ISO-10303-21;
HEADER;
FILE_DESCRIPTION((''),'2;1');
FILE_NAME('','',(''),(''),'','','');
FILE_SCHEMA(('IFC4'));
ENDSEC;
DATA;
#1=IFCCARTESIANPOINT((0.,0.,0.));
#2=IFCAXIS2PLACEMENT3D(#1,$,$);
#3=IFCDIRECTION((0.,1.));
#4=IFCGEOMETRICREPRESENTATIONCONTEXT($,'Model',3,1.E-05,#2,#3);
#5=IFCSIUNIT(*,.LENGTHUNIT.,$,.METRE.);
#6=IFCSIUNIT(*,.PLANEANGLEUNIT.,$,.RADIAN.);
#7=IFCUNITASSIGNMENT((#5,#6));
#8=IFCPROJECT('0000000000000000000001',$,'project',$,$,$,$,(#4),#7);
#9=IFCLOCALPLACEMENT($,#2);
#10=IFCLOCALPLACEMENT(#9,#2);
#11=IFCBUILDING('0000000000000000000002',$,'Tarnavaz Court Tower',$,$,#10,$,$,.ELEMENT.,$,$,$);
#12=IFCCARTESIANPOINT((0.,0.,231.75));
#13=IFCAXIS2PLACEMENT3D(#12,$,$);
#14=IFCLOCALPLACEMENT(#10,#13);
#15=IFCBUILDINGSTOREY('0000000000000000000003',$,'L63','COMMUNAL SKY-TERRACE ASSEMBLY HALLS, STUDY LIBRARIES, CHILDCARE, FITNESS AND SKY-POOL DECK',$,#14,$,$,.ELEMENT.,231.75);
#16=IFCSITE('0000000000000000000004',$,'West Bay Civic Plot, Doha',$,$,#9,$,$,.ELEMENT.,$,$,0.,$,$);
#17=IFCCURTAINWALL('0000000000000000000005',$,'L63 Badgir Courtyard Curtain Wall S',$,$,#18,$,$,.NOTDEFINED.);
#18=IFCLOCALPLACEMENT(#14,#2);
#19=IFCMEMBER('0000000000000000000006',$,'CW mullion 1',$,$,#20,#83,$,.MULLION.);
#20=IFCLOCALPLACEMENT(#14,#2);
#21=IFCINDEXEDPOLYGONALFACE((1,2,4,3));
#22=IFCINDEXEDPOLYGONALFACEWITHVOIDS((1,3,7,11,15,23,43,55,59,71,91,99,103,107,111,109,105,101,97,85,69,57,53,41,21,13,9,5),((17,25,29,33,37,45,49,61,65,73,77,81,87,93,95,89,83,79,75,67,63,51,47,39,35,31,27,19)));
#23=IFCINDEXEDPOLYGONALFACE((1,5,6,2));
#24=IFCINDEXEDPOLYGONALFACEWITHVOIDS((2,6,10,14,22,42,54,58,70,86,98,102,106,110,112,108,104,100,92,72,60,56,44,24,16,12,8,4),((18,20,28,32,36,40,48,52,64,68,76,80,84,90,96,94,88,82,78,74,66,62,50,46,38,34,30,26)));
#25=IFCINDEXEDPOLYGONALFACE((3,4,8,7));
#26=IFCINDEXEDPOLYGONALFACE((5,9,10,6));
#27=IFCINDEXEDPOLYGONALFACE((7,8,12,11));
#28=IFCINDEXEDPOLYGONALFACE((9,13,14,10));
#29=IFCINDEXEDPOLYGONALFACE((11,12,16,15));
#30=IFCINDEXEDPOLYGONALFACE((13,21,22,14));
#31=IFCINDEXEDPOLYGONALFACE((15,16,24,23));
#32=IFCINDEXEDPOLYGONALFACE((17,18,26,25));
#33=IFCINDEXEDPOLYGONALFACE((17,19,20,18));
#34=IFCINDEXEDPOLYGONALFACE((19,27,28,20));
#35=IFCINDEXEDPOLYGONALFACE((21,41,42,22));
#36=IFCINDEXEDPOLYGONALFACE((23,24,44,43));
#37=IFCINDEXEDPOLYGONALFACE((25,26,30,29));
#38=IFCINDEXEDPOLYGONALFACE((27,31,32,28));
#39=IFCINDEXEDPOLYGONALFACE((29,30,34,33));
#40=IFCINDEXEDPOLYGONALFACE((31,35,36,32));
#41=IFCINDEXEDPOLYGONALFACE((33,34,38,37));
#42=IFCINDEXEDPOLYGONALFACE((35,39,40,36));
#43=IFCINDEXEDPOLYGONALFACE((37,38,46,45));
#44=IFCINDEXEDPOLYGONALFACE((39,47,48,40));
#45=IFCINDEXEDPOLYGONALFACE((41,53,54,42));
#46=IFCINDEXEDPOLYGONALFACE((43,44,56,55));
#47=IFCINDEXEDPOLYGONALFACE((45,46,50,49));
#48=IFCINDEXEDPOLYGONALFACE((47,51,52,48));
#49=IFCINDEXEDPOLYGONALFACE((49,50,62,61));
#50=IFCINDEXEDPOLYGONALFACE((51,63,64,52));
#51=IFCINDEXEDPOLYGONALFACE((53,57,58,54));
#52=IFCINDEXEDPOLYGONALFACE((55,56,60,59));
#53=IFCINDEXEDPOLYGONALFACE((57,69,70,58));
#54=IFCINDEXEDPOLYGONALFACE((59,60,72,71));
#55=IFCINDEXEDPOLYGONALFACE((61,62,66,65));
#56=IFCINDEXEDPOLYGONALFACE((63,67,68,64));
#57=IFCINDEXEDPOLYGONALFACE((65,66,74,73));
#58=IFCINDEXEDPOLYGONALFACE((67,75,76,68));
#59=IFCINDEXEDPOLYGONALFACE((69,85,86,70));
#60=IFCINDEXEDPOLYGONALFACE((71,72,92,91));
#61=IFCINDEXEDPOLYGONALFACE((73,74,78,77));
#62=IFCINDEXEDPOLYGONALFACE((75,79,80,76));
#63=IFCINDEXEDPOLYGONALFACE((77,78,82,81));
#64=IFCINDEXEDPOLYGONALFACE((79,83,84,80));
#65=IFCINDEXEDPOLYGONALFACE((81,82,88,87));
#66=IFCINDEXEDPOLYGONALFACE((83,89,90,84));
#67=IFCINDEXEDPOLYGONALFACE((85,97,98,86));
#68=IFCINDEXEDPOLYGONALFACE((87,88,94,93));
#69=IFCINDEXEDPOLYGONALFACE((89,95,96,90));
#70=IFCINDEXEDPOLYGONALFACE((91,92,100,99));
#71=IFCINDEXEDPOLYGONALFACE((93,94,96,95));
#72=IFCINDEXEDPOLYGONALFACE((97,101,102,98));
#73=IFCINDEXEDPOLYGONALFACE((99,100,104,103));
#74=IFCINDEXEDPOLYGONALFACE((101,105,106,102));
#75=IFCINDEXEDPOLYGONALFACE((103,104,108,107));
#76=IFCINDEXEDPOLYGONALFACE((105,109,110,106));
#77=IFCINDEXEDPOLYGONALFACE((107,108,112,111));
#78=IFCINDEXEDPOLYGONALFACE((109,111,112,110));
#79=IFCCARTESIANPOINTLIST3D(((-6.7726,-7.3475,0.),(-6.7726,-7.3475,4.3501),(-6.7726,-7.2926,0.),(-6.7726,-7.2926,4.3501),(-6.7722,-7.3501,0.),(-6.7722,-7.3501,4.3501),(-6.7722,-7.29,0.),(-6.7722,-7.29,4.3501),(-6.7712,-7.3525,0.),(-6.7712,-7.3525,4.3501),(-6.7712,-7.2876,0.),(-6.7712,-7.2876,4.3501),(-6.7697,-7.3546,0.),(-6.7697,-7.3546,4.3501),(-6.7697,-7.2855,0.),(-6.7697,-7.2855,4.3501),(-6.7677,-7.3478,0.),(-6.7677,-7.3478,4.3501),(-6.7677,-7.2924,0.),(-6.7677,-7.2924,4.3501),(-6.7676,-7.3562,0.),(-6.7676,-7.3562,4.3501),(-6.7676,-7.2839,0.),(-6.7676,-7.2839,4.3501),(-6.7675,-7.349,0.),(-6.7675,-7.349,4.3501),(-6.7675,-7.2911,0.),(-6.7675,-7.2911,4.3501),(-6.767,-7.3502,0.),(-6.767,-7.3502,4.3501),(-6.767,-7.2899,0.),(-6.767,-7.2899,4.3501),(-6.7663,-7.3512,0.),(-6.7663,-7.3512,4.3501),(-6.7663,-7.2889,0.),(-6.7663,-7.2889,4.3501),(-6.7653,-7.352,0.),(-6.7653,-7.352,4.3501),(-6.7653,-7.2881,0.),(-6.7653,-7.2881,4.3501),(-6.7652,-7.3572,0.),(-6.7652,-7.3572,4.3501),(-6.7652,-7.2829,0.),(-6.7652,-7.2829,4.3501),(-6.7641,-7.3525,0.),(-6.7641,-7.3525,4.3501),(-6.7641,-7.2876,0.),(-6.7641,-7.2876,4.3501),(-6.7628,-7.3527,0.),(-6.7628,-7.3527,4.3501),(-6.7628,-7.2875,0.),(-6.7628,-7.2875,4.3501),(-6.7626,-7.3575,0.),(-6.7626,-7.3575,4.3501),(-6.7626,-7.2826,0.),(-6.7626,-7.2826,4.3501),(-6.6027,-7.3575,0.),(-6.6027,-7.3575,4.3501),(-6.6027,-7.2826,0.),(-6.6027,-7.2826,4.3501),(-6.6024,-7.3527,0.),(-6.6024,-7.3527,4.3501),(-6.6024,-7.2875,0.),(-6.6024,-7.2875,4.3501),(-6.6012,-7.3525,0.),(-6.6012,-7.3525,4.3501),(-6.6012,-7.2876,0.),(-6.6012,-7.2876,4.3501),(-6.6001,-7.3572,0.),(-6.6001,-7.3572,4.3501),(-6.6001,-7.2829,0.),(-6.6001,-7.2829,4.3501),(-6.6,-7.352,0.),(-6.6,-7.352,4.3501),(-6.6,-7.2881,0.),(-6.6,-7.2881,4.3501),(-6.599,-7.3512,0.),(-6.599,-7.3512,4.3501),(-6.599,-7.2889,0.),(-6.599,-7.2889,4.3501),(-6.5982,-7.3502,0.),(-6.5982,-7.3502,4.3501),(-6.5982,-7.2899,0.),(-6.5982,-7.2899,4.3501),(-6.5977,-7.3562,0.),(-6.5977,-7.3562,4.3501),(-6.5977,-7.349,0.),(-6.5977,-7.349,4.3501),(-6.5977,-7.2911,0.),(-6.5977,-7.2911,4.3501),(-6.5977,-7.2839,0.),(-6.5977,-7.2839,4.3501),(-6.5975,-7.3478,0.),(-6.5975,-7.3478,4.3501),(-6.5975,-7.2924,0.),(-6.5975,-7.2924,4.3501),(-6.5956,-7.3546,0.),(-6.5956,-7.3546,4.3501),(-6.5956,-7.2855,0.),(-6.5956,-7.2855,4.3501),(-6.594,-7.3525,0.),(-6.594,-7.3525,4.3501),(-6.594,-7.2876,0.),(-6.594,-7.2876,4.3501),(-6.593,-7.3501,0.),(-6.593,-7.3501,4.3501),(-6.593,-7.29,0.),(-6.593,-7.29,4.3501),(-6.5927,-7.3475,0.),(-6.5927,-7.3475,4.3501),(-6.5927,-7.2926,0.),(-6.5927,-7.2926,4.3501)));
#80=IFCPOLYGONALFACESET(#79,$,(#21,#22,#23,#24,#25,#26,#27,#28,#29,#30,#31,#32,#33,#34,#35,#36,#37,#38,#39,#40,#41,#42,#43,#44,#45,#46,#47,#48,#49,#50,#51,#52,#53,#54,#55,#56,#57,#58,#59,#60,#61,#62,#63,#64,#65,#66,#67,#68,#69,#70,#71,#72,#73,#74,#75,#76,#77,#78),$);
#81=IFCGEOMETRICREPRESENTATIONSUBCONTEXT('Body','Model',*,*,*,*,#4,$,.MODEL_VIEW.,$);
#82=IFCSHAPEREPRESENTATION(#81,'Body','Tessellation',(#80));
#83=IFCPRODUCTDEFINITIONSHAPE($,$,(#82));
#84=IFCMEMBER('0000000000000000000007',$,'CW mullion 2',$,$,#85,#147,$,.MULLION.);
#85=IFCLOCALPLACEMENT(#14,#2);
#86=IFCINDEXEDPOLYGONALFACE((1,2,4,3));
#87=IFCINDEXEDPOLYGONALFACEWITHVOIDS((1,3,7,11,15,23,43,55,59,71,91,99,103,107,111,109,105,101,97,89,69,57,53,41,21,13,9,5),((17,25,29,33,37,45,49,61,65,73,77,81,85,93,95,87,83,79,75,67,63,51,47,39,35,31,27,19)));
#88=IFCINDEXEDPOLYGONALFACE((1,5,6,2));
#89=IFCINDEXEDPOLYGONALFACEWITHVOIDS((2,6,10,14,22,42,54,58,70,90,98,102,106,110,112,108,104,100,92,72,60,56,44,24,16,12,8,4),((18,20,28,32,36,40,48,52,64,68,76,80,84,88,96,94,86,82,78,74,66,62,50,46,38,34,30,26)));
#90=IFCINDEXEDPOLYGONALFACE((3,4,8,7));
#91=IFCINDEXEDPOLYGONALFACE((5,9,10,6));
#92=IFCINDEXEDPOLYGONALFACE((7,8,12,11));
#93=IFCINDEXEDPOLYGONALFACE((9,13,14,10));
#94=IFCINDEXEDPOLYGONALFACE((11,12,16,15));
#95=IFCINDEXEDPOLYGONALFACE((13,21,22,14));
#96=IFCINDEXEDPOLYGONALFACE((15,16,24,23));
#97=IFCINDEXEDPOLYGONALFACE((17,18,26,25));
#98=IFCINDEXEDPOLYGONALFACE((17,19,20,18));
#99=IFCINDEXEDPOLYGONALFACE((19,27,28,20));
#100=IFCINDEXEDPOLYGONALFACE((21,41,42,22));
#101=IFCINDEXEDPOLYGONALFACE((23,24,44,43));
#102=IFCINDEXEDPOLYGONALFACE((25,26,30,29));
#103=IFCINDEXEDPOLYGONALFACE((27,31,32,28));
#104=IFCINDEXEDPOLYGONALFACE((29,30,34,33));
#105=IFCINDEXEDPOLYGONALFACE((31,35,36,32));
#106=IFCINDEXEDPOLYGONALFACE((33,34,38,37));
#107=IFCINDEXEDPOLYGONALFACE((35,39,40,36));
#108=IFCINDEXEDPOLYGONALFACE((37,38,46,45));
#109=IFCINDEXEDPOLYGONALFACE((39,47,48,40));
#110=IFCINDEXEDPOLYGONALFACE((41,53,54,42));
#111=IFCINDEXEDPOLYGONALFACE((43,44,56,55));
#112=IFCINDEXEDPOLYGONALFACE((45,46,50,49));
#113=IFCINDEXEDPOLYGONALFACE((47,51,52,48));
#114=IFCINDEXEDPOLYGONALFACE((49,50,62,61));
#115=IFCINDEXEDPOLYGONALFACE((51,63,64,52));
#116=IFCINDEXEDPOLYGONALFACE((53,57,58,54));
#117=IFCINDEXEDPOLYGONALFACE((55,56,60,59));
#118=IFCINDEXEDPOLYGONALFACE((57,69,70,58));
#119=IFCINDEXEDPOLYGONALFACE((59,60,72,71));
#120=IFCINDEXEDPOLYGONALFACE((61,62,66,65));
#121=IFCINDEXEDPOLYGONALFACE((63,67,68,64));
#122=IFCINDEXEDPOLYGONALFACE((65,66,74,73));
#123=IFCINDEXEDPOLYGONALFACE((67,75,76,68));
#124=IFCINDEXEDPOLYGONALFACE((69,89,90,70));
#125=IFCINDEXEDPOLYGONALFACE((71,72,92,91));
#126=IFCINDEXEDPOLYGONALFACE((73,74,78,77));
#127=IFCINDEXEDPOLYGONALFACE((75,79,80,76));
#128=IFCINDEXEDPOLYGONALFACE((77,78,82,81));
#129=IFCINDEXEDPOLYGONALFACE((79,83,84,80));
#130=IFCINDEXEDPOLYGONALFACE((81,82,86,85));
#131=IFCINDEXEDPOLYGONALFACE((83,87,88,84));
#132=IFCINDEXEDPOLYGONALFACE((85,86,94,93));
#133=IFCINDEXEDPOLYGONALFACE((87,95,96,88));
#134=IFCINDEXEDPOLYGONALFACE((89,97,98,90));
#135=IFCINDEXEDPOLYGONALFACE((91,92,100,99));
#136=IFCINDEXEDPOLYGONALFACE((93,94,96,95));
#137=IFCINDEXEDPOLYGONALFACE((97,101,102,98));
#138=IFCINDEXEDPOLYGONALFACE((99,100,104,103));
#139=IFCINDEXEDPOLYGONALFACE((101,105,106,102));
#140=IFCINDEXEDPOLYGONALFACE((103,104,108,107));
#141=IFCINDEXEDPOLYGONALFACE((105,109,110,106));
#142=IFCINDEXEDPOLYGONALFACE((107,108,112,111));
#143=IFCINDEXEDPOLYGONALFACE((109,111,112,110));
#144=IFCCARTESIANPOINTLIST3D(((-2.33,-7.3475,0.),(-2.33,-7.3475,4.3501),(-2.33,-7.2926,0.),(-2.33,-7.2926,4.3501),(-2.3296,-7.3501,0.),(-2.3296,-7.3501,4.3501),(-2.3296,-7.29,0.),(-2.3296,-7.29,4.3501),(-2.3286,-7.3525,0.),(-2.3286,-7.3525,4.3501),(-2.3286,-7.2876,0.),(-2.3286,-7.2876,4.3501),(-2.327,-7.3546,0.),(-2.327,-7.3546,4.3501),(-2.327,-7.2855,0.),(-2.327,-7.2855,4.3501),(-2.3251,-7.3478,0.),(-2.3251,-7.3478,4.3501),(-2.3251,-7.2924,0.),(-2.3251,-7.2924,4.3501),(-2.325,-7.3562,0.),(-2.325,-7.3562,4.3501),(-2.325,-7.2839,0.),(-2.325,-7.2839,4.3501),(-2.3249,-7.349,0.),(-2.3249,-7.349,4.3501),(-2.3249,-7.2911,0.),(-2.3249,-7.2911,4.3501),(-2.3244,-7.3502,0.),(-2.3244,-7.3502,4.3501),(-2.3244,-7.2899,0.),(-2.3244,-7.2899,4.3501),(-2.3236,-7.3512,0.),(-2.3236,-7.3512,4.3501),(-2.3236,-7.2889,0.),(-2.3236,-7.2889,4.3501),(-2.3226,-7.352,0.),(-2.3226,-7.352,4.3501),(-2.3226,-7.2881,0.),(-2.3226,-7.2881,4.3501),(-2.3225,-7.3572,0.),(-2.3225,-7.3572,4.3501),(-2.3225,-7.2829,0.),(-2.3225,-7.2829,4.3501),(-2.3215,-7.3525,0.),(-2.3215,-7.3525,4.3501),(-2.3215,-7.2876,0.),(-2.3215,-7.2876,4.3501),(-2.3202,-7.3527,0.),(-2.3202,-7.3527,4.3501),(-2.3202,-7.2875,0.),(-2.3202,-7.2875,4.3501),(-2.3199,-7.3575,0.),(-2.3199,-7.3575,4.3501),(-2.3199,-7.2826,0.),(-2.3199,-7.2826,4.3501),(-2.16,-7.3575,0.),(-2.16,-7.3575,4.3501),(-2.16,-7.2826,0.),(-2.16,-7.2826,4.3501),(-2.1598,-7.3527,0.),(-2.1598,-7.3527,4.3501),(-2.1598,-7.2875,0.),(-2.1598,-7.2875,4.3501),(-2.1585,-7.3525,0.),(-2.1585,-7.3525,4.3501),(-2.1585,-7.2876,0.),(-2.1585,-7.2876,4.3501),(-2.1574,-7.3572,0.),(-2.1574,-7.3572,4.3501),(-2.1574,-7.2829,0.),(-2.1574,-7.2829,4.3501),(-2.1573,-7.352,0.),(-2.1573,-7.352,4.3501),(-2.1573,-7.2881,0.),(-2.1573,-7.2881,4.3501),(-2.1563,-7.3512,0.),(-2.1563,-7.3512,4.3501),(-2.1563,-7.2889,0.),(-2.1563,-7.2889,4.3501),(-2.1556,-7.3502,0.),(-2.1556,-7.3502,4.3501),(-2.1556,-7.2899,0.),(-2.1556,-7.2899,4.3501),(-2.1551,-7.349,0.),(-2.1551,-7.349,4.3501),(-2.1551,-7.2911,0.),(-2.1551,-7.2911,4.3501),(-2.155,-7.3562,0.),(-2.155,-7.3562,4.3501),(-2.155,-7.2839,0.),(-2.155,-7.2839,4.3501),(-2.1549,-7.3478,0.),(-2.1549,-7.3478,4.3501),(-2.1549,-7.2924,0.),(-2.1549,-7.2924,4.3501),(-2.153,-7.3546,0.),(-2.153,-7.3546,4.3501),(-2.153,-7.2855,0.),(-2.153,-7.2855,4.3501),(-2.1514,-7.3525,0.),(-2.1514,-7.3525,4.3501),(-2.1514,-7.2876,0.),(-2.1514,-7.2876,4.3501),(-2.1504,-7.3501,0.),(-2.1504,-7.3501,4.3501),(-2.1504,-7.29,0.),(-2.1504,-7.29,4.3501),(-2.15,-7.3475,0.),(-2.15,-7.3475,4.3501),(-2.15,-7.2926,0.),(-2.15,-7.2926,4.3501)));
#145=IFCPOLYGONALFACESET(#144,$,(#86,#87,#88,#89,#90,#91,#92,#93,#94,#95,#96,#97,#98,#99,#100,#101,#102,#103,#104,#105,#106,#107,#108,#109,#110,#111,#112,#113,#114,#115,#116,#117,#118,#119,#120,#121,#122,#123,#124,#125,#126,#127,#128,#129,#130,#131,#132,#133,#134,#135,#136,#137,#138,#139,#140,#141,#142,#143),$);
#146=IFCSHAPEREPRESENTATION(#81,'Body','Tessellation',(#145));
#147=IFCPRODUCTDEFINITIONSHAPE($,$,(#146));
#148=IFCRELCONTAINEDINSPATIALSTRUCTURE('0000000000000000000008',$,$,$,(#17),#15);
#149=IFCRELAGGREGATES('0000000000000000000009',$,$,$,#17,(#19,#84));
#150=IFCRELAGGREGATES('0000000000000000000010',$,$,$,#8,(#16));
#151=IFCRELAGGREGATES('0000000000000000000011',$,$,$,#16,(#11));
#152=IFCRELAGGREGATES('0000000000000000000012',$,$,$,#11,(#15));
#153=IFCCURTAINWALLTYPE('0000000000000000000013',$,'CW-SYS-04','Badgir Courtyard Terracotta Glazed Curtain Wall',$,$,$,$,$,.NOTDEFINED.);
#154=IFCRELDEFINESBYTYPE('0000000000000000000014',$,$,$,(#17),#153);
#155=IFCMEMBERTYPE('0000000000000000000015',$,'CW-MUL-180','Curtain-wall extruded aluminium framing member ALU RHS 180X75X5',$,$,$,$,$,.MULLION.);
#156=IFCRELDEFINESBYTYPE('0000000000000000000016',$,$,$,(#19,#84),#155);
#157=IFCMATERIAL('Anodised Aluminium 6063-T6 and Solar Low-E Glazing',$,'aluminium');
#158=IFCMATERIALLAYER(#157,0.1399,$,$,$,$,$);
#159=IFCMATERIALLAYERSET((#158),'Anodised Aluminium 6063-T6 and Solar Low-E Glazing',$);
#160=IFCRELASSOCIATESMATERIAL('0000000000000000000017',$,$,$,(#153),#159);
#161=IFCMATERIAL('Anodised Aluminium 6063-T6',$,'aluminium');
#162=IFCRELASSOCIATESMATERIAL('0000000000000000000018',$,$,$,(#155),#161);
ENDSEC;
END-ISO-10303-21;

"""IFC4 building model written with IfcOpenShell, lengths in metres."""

from ifc_helpers import new_model, si_unit, direction, frame, origin, origin_2d, place, context, subcontext, project, spatial, hollow_rectangle, extrude, material, layer, layer_set, material_profile, profile_set, type_object, element, aggregate, save


model = new_model("IFC4")

# Units and contexts
model_context = context("Model", 3, precision=1e-05, world=origin(), true_north=direction((0.0, 1.0)))
body_context = subcontext(model_context, "Body", "Model", "MODEL_VIEW")
ifc_project = project(units=[si_unit("LENGTHUNIT", "METRE"), si_unit("PLANEANGLEUNIT", "RADIAN")], contexts=[model_context])

# Site, building, storey
site_placement = place(None, origin())
site = spatial("IfcSite", under=ifc_project, at=site_placement, Name="West Bay Civic Plot, Doha", CompositionType="ELEMENT", RefElevation=0.0)
building_placement = place(site_placement, origin())
building = spatial("IfcBuilding", under=site, at=building_placement, Name="Tarnavaz Court Tower", CompositionType="ELEMENT")
storey_placement = place(building_placement, frame((0.0, 0.0, 231.75)))
storey = spatial("IfcBuildingStorey", under=building, at=storey_placement, Name="L63", Description="COMMUNAL SKY-TERRACE ASSEMBLY HALLS, STUDY LIBRARIES, CHILDCARE, FITNESS AND SKY-POOL DECK", CompositionType="ELEMENT", Elevation=231.75)

# Curtain wall, members
ifc_material_1 = material(Name="Anodised Aluminium 6063-T6 and Solar Low-E Glazing", Category="aluminium")
ifc_layer_1 = layer(ifc_material_1, 0.1399)
ifc_layer_set_1 = layer_set([ifc_layer_1], Name="Anodised Aluminium 6063-T6 and Solar Low-E Glazing")
curtain_wall_type = type_object("IfcCurtainWallType", Name="CW-SYS-04", Description="Badgir Courtyard Terracotta Glazed Curtain Wall", PredefinedType="NOTDEFINED", material=ifc_layer_set_1)
curtain_wall_placement = place(storey_placement, origin())
curtain_wall = element("IfcCurtainWall", 1, at=curtain_wall_placement, inside=storey, type_object=curtain_wall_type, Name="L63 Badgir Courtyard Curtain Wall S", PredefinedType="NOTDEFINED")
ifc_material_2 = material(Name="Anodised Aluminium 6063-T6", Category="aluminium")
ifc_material_profile_1 = material_profile(ifc_material_2, hollow_rectangle(XDim=0.075, YDim=0.1799, WallThickness=0.0049, InnerFilletRadius=0.0049, OuterFilletRadius=0.01, at=origin_2d()), Name="ALU RHS 180X75X5")
ifc_profile_set_1 = profile_set([ifc_material_profile_1], Name="Anodised Aluminium 6063-T6")
member_type_1 = type_object("IfcMemberType", Name="CW-MUL-180", Description="Curtain-wall extruded aluminium framing member ALU RHS 180X75X5", PredefinedType="MULLION", material=ifc_profile_set_1)
member_1_placement = place(storey_placement, frame((-6.6826, -7.3201, 0.0), z_axis=(0.0, 0.0, 1.0), x_axis=(0.0, 1.0, 0.0)))
member_1 = element("IfcMember", 2, at=member_1_placement, type_object=member_type_1, Name="CW mullion 1", PredefinedType="MULLION", context=body_context, shape_type="SweptSolid", body=[
    extrude(hollow_rectangle(XDim=0.075, YDim=0.1799, WallThickness=0.0049, InnerFilletRadius=0.0049, OuterFilletRadius=0.01, at=origin_2d()), origin(), (0.0, 0.0, 1.0), 4.3501),
])
member_2_placement = place(storey_placement, frame((-2.24, -7.3201, 0.0), z_axis=(0.0, 0.0, 1.0), x_axis=(0.0, 1.0, 0.0)))
member_2 = element("IfcMember", 3, at=member_2_placement, type_object=member_type_1, Name="CW mullion 2", PredefinedType="MULLION", context=body_context, shape_type="SweptSolid", body=[
    extrude(hollow_rectangle(XDim=0.075, YDim=0.1799, WallThickness=0.0049, InnerFilletRadius=0.0049, OuterFilletRadius=0.01, at=origin_2d()), origin(), (0.0, 0.0, 1.0), 4.3501),
])
aggregate(curtain_wall, [member_1, member_2])

save(model, "model.ifc")
